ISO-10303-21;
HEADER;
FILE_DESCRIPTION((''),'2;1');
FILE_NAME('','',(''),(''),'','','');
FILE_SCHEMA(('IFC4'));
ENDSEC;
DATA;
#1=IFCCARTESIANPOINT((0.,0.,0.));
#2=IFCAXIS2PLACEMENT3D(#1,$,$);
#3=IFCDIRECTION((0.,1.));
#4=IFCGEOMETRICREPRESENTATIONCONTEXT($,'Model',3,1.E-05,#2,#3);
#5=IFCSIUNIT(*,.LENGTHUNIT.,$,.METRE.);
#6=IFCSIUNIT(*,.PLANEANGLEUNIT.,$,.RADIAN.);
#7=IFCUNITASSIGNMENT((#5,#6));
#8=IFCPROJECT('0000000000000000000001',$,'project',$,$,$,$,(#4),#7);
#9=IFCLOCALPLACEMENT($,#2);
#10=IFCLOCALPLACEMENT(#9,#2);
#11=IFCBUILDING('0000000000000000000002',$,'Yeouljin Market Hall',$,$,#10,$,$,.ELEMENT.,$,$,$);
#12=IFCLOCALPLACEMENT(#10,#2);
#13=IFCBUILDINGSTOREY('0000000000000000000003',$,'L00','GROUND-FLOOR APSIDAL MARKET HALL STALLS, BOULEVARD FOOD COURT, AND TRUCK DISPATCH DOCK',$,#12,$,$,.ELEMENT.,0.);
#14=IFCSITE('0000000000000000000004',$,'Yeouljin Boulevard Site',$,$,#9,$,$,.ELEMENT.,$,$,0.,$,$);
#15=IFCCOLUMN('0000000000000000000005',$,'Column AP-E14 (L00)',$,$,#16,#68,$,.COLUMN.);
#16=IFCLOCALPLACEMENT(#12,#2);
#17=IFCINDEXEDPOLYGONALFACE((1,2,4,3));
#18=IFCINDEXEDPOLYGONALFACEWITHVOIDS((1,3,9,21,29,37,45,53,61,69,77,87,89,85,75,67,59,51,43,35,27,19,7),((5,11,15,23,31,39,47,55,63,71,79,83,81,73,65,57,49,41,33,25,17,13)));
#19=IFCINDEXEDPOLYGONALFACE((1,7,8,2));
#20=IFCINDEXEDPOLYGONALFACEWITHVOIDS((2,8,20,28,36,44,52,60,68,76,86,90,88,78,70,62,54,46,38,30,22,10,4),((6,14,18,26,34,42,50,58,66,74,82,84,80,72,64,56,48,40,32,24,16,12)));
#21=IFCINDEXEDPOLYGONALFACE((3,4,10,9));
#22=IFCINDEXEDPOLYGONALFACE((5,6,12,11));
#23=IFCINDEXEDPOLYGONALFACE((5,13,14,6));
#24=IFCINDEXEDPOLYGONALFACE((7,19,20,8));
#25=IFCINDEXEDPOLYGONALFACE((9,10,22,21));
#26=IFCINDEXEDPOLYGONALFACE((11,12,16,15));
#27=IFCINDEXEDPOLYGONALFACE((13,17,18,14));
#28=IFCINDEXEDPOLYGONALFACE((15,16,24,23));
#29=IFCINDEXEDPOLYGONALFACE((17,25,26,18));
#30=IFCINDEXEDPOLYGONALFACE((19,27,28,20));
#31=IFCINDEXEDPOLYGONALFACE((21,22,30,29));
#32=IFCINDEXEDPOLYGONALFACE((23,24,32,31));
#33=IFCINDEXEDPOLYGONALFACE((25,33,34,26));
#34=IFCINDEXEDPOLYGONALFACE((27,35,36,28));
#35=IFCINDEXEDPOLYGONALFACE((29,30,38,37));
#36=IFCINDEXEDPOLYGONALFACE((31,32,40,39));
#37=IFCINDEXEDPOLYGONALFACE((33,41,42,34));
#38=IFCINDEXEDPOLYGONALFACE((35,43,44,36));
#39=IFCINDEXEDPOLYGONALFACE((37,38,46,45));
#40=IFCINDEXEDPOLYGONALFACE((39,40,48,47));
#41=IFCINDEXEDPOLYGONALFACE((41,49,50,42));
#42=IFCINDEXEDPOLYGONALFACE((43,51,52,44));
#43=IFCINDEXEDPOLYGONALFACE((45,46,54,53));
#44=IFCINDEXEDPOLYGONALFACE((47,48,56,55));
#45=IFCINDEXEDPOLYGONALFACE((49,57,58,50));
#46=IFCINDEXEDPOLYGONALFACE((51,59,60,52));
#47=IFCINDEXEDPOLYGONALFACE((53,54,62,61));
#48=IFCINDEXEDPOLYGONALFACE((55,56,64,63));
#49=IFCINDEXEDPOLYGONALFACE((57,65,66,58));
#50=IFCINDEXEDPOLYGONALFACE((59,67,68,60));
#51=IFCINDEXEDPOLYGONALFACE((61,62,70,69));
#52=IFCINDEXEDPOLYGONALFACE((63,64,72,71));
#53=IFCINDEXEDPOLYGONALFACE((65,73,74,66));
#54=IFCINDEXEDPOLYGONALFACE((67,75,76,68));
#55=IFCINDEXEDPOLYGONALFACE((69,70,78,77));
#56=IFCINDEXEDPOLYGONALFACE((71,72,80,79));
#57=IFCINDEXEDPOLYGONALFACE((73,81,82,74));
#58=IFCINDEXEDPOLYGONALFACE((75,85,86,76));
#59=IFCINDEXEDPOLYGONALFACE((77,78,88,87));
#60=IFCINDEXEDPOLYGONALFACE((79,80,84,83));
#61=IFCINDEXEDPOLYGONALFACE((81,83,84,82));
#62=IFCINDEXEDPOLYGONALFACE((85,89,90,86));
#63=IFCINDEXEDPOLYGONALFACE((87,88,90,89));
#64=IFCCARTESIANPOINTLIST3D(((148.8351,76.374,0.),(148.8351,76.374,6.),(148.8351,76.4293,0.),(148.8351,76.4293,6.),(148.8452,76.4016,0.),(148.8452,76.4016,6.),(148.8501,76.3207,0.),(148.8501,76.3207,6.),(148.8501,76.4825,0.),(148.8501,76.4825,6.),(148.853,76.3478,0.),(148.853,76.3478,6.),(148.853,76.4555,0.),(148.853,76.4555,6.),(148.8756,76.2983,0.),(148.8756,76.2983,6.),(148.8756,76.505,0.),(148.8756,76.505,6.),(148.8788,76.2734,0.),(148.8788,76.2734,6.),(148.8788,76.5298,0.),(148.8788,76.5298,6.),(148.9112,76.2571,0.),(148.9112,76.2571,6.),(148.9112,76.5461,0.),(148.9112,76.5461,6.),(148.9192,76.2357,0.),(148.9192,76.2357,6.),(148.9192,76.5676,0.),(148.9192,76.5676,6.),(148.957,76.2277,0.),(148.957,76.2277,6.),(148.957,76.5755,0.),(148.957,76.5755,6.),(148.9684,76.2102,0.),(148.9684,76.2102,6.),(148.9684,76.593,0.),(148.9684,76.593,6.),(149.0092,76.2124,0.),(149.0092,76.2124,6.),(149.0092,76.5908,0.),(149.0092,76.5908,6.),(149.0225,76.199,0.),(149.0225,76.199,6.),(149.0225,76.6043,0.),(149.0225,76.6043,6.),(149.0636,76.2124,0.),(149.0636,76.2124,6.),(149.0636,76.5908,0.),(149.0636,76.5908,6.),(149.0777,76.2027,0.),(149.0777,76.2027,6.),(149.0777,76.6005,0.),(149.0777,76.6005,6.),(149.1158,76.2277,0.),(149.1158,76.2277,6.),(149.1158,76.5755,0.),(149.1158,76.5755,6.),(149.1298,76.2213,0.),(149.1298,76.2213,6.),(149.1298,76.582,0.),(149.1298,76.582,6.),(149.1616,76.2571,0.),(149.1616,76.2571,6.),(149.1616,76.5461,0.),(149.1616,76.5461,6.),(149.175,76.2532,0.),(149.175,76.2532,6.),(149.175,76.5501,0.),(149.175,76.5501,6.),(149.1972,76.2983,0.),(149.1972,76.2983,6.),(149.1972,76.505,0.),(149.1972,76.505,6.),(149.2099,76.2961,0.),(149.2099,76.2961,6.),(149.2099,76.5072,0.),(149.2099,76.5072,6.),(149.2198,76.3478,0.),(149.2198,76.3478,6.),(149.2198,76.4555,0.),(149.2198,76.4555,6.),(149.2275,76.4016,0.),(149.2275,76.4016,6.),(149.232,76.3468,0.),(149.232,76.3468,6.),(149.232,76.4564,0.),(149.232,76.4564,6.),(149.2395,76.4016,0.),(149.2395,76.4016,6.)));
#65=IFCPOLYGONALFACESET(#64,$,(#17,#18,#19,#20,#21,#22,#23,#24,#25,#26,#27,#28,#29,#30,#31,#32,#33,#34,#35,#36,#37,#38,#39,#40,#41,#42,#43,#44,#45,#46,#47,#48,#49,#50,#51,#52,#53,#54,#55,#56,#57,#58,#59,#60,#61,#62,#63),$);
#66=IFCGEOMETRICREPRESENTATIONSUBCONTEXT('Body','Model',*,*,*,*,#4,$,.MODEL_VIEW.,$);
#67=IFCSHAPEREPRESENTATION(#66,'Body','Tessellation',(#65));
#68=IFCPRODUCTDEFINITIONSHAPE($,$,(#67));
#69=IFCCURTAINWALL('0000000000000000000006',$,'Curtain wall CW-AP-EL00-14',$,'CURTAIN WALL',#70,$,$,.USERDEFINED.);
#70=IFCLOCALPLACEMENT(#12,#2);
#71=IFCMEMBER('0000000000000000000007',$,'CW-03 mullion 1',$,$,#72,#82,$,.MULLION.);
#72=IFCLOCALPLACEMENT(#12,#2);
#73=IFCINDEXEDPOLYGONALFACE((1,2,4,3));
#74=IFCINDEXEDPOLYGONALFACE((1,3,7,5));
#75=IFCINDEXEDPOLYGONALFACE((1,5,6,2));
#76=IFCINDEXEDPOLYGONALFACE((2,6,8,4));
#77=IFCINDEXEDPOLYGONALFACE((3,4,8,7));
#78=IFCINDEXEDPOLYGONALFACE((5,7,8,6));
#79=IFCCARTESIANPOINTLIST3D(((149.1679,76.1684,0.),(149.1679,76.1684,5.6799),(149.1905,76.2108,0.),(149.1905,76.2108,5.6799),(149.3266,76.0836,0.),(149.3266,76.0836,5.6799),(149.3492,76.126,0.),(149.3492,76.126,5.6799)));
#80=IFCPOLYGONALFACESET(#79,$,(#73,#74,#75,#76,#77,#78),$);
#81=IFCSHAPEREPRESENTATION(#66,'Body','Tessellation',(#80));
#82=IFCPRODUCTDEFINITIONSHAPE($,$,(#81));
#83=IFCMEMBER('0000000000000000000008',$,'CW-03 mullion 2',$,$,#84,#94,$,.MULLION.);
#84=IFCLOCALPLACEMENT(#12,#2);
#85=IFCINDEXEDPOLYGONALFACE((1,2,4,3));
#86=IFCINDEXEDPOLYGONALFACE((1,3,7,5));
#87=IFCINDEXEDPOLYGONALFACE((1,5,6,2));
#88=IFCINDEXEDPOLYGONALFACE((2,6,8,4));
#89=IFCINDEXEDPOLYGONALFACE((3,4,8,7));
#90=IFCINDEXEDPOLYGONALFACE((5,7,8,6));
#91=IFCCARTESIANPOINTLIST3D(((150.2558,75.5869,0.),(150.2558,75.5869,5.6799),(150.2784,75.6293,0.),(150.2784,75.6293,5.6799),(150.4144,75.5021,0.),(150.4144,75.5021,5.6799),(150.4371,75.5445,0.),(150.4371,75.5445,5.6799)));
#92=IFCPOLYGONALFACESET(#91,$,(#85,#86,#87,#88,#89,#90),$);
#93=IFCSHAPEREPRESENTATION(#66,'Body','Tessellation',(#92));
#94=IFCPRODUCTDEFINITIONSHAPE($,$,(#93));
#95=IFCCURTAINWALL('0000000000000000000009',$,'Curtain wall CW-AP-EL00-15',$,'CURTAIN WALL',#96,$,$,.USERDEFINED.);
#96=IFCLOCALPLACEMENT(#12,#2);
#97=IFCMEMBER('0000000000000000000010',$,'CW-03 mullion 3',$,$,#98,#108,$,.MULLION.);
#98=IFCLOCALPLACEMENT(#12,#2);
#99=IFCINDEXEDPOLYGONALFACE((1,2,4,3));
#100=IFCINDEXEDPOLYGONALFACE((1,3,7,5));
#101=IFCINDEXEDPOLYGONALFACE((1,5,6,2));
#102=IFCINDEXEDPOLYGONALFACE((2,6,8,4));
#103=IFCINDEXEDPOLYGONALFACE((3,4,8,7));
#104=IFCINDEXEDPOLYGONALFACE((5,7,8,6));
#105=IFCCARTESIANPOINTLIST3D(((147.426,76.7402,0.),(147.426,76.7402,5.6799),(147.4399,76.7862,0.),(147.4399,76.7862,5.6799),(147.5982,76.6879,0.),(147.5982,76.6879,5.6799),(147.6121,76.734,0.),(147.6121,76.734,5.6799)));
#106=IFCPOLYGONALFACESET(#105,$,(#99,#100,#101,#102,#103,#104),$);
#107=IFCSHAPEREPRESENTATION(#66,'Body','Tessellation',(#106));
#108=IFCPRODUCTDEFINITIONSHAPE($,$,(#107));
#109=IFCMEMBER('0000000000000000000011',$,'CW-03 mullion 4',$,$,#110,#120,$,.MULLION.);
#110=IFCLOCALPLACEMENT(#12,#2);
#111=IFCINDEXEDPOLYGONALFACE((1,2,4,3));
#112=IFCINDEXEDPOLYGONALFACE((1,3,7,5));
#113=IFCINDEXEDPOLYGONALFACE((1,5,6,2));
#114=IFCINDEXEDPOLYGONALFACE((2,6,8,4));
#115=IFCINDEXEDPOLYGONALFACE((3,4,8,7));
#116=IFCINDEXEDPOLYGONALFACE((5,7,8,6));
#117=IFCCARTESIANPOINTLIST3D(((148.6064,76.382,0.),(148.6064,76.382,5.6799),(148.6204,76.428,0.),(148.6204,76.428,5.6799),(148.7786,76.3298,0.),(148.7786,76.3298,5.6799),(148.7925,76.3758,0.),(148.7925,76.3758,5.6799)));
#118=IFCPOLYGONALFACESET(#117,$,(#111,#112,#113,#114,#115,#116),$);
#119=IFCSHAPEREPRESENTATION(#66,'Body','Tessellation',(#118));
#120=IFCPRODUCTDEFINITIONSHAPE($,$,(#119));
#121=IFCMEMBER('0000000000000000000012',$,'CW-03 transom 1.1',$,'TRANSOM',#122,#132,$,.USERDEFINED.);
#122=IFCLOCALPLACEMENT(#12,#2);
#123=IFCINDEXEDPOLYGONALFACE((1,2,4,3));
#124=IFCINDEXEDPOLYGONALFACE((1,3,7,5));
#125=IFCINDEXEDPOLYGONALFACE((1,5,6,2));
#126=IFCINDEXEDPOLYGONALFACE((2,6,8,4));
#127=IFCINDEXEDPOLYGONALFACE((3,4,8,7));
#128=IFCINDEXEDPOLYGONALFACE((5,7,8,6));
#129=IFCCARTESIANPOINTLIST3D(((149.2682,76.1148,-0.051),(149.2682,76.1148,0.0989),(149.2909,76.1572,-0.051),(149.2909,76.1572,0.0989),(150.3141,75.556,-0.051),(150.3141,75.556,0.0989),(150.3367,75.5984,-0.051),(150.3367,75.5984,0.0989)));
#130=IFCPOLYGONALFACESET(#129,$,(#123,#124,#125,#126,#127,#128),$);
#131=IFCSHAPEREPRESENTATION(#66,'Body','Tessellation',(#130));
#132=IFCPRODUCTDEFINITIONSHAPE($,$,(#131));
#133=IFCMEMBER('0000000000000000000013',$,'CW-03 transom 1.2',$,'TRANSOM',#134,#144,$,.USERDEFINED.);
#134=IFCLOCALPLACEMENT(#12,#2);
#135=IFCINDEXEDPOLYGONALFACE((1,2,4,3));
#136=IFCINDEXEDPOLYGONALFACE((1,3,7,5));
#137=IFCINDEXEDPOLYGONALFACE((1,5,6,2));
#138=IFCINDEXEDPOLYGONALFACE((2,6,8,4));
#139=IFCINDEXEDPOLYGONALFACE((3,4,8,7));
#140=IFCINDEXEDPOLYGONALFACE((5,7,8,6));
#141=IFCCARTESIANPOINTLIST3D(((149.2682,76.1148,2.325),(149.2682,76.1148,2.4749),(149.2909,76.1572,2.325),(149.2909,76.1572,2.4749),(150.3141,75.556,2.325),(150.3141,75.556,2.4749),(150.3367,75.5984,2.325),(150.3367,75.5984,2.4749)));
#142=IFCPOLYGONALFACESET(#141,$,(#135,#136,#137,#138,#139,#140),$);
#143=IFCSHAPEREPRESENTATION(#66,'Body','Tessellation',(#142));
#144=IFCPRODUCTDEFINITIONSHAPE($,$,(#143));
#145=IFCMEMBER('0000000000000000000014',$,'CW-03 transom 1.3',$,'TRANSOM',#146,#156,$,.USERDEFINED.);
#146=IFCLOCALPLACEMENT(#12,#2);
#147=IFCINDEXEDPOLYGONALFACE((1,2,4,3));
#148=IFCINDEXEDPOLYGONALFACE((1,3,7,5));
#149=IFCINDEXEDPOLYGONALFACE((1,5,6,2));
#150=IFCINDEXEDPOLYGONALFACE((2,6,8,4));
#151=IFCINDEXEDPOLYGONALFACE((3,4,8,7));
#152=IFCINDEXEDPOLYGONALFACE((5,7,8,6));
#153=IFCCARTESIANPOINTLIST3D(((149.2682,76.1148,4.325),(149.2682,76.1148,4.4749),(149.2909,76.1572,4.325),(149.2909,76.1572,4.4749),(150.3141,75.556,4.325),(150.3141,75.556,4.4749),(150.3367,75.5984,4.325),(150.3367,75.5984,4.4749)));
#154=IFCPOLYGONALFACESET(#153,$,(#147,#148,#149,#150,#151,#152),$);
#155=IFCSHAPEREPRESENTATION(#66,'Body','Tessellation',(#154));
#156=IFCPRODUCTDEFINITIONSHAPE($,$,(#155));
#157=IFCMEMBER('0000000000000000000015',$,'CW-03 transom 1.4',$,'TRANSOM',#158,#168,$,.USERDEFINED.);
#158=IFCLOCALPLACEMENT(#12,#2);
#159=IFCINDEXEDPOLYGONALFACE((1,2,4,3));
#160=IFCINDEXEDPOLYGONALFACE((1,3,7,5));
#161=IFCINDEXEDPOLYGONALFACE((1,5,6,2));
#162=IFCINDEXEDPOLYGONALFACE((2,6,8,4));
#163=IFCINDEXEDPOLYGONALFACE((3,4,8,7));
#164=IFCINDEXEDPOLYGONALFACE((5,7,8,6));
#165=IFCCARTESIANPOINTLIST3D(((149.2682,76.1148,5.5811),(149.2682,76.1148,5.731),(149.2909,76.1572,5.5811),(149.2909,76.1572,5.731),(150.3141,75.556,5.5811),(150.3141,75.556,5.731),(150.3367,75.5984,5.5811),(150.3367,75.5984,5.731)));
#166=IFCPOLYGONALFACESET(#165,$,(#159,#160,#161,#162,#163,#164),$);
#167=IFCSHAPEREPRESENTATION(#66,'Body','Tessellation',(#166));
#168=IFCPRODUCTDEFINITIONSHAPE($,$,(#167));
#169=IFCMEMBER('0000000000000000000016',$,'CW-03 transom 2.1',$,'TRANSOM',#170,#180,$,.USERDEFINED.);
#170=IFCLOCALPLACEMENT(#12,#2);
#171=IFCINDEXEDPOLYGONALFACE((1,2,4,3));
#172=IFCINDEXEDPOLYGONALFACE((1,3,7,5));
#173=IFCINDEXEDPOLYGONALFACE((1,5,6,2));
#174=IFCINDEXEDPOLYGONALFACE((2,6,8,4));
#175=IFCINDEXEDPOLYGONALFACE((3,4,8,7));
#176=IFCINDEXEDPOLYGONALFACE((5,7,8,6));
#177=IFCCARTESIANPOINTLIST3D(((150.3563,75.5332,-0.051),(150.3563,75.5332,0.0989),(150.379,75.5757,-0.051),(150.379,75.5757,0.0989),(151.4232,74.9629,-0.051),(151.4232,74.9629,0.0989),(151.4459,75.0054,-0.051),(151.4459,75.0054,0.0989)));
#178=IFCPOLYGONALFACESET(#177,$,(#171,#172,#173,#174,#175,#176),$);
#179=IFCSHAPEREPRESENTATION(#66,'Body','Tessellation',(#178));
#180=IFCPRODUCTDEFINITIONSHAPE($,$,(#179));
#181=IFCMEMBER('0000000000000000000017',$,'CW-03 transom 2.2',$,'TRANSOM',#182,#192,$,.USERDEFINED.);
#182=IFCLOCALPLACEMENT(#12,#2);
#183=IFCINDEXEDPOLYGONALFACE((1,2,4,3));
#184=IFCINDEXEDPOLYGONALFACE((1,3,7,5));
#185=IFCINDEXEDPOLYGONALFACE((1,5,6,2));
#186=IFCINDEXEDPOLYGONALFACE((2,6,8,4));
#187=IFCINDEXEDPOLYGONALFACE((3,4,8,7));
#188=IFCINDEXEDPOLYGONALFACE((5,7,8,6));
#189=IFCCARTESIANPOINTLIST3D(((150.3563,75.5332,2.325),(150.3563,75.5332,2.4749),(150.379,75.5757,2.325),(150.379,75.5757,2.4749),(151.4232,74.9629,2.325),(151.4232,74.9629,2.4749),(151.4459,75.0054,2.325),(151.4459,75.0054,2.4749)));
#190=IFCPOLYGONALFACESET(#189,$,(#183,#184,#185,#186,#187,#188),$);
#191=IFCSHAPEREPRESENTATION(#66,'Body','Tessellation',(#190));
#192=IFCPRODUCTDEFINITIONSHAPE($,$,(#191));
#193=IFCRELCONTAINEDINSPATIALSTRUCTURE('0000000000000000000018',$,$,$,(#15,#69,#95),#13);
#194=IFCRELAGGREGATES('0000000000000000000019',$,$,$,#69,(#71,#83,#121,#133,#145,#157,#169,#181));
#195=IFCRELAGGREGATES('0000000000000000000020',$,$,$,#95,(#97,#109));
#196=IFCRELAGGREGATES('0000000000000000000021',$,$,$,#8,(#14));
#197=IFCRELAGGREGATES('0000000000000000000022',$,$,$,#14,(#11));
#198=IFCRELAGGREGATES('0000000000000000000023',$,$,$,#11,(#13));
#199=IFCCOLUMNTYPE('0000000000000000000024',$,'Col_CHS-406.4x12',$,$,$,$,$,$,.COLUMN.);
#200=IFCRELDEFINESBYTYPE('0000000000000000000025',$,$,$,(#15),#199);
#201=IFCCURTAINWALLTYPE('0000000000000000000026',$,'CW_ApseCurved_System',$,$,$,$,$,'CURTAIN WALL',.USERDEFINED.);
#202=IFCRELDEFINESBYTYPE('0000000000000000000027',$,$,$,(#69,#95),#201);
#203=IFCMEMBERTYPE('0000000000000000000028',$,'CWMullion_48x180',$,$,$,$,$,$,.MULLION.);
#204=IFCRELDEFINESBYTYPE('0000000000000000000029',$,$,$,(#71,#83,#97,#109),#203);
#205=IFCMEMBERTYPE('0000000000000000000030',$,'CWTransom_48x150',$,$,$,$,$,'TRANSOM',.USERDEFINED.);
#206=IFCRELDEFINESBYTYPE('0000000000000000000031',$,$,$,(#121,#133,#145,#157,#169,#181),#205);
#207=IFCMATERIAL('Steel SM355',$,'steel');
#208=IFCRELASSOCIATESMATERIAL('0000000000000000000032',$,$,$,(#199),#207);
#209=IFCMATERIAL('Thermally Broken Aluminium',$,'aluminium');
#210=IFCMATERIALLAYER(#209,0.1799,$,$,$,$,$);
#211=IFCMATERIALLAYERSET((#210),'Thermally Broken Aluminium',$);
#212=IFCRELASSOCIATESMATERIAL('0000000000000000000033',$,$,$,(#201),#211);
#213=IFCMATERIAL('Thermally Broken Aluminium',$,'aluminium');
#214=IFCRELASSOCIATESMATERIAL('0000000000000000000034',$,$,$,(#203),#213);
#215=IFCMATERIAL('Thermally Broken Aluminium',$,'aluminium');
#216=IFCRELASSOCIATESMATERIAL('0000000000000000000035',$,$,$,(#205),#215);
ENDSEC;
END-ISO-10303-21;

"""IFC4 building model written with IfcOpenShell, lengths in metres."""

from ifc_helpers import new_model, si_unit, direction, frame, origin, origin_2d, place, context, subcontext, project, spatial, rectangle, hollow_circle, extrude, material, layer, layer_set, material_profile, profile_set, type_object, element, aggregate, save


model = new_model("IFC4")

# Units and contexts
model_context = context("Model", 3, precision=1e-05, world=origin(), true_north=direction((0.0, 1.0)))
body_context = subcontext(model_context, "Body", "Model", "MODEL_VIEW")
ifc_project = project(units=[si_unit("LENGTHUNIT", "METRE"), si_unit("PLANEANGLEUNIT", "RADIAN")], contexts=[model_context])

# Site, building, storey
site_placement = place(None, origin())
site = spatial("IfcSite", under=ifc_project, at=site_placement, Name="Yeouljin Boulevard Site", CompositionType="ELEMENT", RefElevation=0.0)
building_placement = place(site_placement, origin())
building = spatial("IfcBuilding", under=site, at=building_placement, Name="Yeouljin Market Hall", CompositionType="ELEMENT")
storey_placement = place(building_placement, origin())
storey = spatial("IfcBuildingStorey", under=building, at=storey_placement, Name="L00", Description="GROUND-FLOOR APSIDAL MARKET HALL STALLS, BOULEVARD FOOD COURT, AND TRUCK DISPATCH DOCK", CompositionType="ELEMENT", Elevation=0.0)

# Column
ifc_material_1 = material(Name="Steel SM355", Category="steel")
ifc_material_profile_1 = material_profile(ifc_material_1, hollow_circle(Radius=0.2031, WallThickness=0.012, at=origin_2d()), Name="CHS-406.4x12")
ifc_profile_set_1 = profile_set([ifc_material_profile_1], Name="Steel SM355")
column_type = type_object("IfcColumnType", Name="Col_CHS-406.4x12", PredefinedType="COLUMN", material=ifc_profile_set_1)
column_placement = place(storey_placement, frame((149.0364, 76.4016, 0.0), z_axis=(0.0, 0.0, 1.0), x_axis=(1.0, 0.0, 0.0)))
element("IfcColumn", 1, at=column_placement, inside=storey, type_object=column_type, Name="Column AP-E14 (L00)", PredefinedType="COLUMN", context=body_context, shape_type="SweptSolid", body=[
    extrude(hollow_circle(Radius=0.2031, WallThickness=0.012, at=origin_2d()), origin(), (0.0, 0.0, 1.0), 6.0),
])

# Curtain walls, members
ifc_material_2 = material(Name="Thermally Broken Aluminium", Category="aluminium")
ifc_layer_1 = layer(ifc_material_2, 0.1799)
ifc_layer_set_1 = layer_set([ifc_layer_1], Name="Thermally Broken Aluminium")
curtain_wall_type = type_object("IfcCurtainWallType", Name="CW_ApseCurved_System", ElementType="CURTAIN WALL", PredefinedType="USERDEFINED", material=ifc_layer_set_1)
curtain_wall_1_placement = place(storey_placement, origin())
curtain_wall_1 = element("IfcCurtainWall", 2, at=curtain_wall_1_placement, inside=storey, type_object=curtain_wall_type, Name="Curtain wall CW-AP-EL00-14", ObjectType="CURTAIN WALL", PredefinedType="USERDEFINED")
ifc_material_3 = material(Name="Thermally Broken Aluminium", Category="aluminium")
ifc_material_profile_2 = material_profile(ifc_material_3, rectangle(XDim=0.0481, YDim=0.1799, at=origin_2d()), Name="CW-MULL-48x180")
ifc_profile_set_2 = profile_set([ifc_material_profile_2], Name="Thermally Broken Aluminium")
member_type_1 = type_object("IfcMemberType", Name="CWMullion_48x180", PredefinedType="MULLION", material=ifc_profile_set_2)
member_1_placement = place(storey_placement, frame((149.2585, 76.1472, 0.0), z_axis=(0.0, 0.0, 1.0), x_axis=(0.471378, 0.881931, 0.0)))
member_1 = element("IfcMember", 3, at=member_1_placement, type_object=member_type_1, Name="CW-03 mullion 1", PredefinedType="MULLION", context=body_context, shape_type="SweptSolid", body=[
    extrude(rectangle(XDim=0.0481, YDim=0.1799, at=origin_2d()), origin(), (0.0, 0.0, 1.0), 5.6799),
])
member_2_placement = place(storey_placement, frame((150.3464, 75.5657, 0.0), z_axis=(0.0, 0.0, 1.0), x_axis=(0.471378, 0.881931, 0.0)))
member_2 = element("IfcMember", 4, at=member_2_placement, type_object=member_type_1, Name="CW-03 mullion 2", PredefinedType="MULLION", context=body_context, shape_type="SweptSolid", body=[
    extrude(rectangle(XDim=0.0481, YDim=0.1799, at=origin_2d()), origin(), (0.0, 0.0, 1.0), 5.6799),
])
curtain_wall_2_placement = place(storey_placement, origin())
curtain_wall_2 = element("IfcCurtainWall", 5, at=curtain_wall_2_placement, inside=storey, type_object=curtain_wall_type, Name="Curtain wall CW-AP-EL00-15", ObjectType="CURTAIN WALL", PredefinedType="USERDEFINED")
member_3_placement = place(storey_placement, frame((147.519, 76.7371, 0.0), z_axis=(0.0, 0.0, 1.0), x_axis=(0.290286, 0.95694, 0.0)))
member_3 = element("IfcMember", 6, at=member_3_placement, type_object=member_type_1, Name="CW-03 mullion 3", PredefinedType="MULLION", context=body_context, shape_type="SweptSolid", body=[
    extrude(rectangle(XDim=0.0481, YDim=0.1799, at=origin_2d()), origin(), (0.0, 0.0, 1.0), 5.6799),
])
member_4_placement = place(storey_placement, frame((148.6995, 76.3789, 0.0), z_axis=(0.0, 0.0, 1.0), x_axis=(0.290286, 0.95694, 0.0)))
member_4 = element("IfcMember", 7, at=member_4_placement, type_object=member_type_1, Name="CW-03 mullion 4", PredefinedType="MULLION", context=body_context, shape_type="SweptSolid", body=[
    extrude(rectangle(XDim=0.0481, YDim=0.1799, at=origin_2d()), origin(), (0.0, 0.0, 1.0), 5.6799),
])

# Members
ifc_material_4 = material(Name="Thermally Broken Aluminium", Category="aluminium")
ifc_material_profile_3 = material_profile(ifc_material_4, rectangle(XDim=0.0481, YDim=0.1499, at=origin_2d()), Name="CW-TRAN-48x150")
ifc_profile_set_3 = profile_set([ifc_material_profile_3], Name="Thermally Broken Aluminium")
member_type_2 = type_object("IfcMemberType", Name="CWTransom_48x150", ElementType="TRANSOM", PredefinedType="USERDEFINED", material=ifc_profile_set_3)
member_5_placement = place(storey_placement, frame((149.2795, 76.136, 0.0239), z_axis=(0.881994, -0.471261, 0.0), x_axis=(0.471261, 0.881994, 0.0)))
member_5 = element("IfcMember", 8, at=member_5_placement, type_object=member_type_2, Name="CW-03 transom 1.1", ObjectType="TRANSOM", PredefinedType="USERDEFINED", context=body_context, shape_type="SweptSolid", body=[
    extrude(rectangle(XDim=0.0481, YDim=0.1499, at=origin_2d()), origin(), (0.0, 0.0, 1.0), 1.1858),
])
member_6_placement = place(storey_placement, frame((149.2795, 76.136, 2.3999), z_axis=(0.881994, -0.471261, 0.0), x_axis=(0.471261, 0.881994, 0.0)))
member_6 = element("IfcMember", 9, at=member_6_placement, type_object=member_type_2, Name="CW-03 transom 1.2", ObjectType="TRANSOM", PredefinedType="USERDEFINED", context=body_context, shape_type="SweptSolid", body=[
    extrude(rectangle(XDim=0.0481, YDim=0.1499, at=origin_2d()), origin(), (0.0, 0.0, 1.0), 1.1858),
])
member_7_placement = place(storey_placement, frame((149.2795, 76.136, 4.3999), z_axis=(0.881994, -0.471261, 0.0), x_axis=(0.471261, 0.881994, 0.0)))
member_7 = element("IfcMember", 10, at=member_7_placement, type_object=member_type_2, Name="CW-03 transom 1.3", ObjectType="TRANSOM", PredefinedType="USERDEFINED", context=body_context, shape_type="SweptSolid", body=[
    extrude(rectangle(XDim=0.0481, YDim=0.1499, at=origin_2d()), origin(), (0.0, 0.0, 1.0), 1.1858),
])
member_8_placement = place(storey_placement, frame((149.2795, 76.136, 5.656), z_axis=(0.881994, -0.471261, 0.0), x_axis=(0.471261, 0.881994, 0.0)))
member_8 = element("IfcMember", 11, at=member_8_placement, type_object=member_type_2, Name="CW-03 transom 1.4", ObjectType="TRANSOM", PredefinedType="USERDEFINED", context=body_context, shape_type="SweptSolid", body=[
    extrude(rectangle(XDim=0.0481, YDim=0.1499, at=origin_2d()), origin(), (0.0, 0.0, 1.0), 1.1858),
])
member_9_placement = place(storey_placement, frame((150.3677, 75.5544, 0.0239), z_axis=(0.881906, -0.471426, 0.0), x_axis=(0.471426, 0.881906, 0.0)))
member_9 = element("IfcMember", 12, at=member_9_placement, type_object=member_type_2, Name="CW-03 transom 2.1", ObjectType="TRANSOM", PredefinedType="USERDEFINED", context=body_context, shape_type="SweptSolid", body=[
    extrude(rectangle(XDim=0.0481, YDim=0.1499, at=origin_2d()), origin(), (0.0, 0.0, 1.0), 1.2097),
])
member_10_placement = place(storey_placement, frame((150.3677, 75.5544, 2.3999), z_axis=(0.881906, -0.471426, 0.0), x_axis=(0.471426, 0.881906, 0.0)))
member_10 = element("IfcMember", 13, at=member_10_placement, type_object=member_type_2, Name="CW-03 transom 2.2", ObjectType="TRANSOM", PredefinedType="USERDEFINED", context=body_context, shape_type="SweptSolid", body=[
    extrude(rectangle(XDim=0.0481, YDim=0.1499, at=origin_2d()), origin(), (0.0, 0.0, 1.0), 1.2097),
])

aggregate(curtain_wall_1, [member_1, member_2, member_5, member_6, member_7, member_8, member_9, member_10])
aggregate(curtain_wall_2, [member_3, member_4])

save(model, "model.ifc")
